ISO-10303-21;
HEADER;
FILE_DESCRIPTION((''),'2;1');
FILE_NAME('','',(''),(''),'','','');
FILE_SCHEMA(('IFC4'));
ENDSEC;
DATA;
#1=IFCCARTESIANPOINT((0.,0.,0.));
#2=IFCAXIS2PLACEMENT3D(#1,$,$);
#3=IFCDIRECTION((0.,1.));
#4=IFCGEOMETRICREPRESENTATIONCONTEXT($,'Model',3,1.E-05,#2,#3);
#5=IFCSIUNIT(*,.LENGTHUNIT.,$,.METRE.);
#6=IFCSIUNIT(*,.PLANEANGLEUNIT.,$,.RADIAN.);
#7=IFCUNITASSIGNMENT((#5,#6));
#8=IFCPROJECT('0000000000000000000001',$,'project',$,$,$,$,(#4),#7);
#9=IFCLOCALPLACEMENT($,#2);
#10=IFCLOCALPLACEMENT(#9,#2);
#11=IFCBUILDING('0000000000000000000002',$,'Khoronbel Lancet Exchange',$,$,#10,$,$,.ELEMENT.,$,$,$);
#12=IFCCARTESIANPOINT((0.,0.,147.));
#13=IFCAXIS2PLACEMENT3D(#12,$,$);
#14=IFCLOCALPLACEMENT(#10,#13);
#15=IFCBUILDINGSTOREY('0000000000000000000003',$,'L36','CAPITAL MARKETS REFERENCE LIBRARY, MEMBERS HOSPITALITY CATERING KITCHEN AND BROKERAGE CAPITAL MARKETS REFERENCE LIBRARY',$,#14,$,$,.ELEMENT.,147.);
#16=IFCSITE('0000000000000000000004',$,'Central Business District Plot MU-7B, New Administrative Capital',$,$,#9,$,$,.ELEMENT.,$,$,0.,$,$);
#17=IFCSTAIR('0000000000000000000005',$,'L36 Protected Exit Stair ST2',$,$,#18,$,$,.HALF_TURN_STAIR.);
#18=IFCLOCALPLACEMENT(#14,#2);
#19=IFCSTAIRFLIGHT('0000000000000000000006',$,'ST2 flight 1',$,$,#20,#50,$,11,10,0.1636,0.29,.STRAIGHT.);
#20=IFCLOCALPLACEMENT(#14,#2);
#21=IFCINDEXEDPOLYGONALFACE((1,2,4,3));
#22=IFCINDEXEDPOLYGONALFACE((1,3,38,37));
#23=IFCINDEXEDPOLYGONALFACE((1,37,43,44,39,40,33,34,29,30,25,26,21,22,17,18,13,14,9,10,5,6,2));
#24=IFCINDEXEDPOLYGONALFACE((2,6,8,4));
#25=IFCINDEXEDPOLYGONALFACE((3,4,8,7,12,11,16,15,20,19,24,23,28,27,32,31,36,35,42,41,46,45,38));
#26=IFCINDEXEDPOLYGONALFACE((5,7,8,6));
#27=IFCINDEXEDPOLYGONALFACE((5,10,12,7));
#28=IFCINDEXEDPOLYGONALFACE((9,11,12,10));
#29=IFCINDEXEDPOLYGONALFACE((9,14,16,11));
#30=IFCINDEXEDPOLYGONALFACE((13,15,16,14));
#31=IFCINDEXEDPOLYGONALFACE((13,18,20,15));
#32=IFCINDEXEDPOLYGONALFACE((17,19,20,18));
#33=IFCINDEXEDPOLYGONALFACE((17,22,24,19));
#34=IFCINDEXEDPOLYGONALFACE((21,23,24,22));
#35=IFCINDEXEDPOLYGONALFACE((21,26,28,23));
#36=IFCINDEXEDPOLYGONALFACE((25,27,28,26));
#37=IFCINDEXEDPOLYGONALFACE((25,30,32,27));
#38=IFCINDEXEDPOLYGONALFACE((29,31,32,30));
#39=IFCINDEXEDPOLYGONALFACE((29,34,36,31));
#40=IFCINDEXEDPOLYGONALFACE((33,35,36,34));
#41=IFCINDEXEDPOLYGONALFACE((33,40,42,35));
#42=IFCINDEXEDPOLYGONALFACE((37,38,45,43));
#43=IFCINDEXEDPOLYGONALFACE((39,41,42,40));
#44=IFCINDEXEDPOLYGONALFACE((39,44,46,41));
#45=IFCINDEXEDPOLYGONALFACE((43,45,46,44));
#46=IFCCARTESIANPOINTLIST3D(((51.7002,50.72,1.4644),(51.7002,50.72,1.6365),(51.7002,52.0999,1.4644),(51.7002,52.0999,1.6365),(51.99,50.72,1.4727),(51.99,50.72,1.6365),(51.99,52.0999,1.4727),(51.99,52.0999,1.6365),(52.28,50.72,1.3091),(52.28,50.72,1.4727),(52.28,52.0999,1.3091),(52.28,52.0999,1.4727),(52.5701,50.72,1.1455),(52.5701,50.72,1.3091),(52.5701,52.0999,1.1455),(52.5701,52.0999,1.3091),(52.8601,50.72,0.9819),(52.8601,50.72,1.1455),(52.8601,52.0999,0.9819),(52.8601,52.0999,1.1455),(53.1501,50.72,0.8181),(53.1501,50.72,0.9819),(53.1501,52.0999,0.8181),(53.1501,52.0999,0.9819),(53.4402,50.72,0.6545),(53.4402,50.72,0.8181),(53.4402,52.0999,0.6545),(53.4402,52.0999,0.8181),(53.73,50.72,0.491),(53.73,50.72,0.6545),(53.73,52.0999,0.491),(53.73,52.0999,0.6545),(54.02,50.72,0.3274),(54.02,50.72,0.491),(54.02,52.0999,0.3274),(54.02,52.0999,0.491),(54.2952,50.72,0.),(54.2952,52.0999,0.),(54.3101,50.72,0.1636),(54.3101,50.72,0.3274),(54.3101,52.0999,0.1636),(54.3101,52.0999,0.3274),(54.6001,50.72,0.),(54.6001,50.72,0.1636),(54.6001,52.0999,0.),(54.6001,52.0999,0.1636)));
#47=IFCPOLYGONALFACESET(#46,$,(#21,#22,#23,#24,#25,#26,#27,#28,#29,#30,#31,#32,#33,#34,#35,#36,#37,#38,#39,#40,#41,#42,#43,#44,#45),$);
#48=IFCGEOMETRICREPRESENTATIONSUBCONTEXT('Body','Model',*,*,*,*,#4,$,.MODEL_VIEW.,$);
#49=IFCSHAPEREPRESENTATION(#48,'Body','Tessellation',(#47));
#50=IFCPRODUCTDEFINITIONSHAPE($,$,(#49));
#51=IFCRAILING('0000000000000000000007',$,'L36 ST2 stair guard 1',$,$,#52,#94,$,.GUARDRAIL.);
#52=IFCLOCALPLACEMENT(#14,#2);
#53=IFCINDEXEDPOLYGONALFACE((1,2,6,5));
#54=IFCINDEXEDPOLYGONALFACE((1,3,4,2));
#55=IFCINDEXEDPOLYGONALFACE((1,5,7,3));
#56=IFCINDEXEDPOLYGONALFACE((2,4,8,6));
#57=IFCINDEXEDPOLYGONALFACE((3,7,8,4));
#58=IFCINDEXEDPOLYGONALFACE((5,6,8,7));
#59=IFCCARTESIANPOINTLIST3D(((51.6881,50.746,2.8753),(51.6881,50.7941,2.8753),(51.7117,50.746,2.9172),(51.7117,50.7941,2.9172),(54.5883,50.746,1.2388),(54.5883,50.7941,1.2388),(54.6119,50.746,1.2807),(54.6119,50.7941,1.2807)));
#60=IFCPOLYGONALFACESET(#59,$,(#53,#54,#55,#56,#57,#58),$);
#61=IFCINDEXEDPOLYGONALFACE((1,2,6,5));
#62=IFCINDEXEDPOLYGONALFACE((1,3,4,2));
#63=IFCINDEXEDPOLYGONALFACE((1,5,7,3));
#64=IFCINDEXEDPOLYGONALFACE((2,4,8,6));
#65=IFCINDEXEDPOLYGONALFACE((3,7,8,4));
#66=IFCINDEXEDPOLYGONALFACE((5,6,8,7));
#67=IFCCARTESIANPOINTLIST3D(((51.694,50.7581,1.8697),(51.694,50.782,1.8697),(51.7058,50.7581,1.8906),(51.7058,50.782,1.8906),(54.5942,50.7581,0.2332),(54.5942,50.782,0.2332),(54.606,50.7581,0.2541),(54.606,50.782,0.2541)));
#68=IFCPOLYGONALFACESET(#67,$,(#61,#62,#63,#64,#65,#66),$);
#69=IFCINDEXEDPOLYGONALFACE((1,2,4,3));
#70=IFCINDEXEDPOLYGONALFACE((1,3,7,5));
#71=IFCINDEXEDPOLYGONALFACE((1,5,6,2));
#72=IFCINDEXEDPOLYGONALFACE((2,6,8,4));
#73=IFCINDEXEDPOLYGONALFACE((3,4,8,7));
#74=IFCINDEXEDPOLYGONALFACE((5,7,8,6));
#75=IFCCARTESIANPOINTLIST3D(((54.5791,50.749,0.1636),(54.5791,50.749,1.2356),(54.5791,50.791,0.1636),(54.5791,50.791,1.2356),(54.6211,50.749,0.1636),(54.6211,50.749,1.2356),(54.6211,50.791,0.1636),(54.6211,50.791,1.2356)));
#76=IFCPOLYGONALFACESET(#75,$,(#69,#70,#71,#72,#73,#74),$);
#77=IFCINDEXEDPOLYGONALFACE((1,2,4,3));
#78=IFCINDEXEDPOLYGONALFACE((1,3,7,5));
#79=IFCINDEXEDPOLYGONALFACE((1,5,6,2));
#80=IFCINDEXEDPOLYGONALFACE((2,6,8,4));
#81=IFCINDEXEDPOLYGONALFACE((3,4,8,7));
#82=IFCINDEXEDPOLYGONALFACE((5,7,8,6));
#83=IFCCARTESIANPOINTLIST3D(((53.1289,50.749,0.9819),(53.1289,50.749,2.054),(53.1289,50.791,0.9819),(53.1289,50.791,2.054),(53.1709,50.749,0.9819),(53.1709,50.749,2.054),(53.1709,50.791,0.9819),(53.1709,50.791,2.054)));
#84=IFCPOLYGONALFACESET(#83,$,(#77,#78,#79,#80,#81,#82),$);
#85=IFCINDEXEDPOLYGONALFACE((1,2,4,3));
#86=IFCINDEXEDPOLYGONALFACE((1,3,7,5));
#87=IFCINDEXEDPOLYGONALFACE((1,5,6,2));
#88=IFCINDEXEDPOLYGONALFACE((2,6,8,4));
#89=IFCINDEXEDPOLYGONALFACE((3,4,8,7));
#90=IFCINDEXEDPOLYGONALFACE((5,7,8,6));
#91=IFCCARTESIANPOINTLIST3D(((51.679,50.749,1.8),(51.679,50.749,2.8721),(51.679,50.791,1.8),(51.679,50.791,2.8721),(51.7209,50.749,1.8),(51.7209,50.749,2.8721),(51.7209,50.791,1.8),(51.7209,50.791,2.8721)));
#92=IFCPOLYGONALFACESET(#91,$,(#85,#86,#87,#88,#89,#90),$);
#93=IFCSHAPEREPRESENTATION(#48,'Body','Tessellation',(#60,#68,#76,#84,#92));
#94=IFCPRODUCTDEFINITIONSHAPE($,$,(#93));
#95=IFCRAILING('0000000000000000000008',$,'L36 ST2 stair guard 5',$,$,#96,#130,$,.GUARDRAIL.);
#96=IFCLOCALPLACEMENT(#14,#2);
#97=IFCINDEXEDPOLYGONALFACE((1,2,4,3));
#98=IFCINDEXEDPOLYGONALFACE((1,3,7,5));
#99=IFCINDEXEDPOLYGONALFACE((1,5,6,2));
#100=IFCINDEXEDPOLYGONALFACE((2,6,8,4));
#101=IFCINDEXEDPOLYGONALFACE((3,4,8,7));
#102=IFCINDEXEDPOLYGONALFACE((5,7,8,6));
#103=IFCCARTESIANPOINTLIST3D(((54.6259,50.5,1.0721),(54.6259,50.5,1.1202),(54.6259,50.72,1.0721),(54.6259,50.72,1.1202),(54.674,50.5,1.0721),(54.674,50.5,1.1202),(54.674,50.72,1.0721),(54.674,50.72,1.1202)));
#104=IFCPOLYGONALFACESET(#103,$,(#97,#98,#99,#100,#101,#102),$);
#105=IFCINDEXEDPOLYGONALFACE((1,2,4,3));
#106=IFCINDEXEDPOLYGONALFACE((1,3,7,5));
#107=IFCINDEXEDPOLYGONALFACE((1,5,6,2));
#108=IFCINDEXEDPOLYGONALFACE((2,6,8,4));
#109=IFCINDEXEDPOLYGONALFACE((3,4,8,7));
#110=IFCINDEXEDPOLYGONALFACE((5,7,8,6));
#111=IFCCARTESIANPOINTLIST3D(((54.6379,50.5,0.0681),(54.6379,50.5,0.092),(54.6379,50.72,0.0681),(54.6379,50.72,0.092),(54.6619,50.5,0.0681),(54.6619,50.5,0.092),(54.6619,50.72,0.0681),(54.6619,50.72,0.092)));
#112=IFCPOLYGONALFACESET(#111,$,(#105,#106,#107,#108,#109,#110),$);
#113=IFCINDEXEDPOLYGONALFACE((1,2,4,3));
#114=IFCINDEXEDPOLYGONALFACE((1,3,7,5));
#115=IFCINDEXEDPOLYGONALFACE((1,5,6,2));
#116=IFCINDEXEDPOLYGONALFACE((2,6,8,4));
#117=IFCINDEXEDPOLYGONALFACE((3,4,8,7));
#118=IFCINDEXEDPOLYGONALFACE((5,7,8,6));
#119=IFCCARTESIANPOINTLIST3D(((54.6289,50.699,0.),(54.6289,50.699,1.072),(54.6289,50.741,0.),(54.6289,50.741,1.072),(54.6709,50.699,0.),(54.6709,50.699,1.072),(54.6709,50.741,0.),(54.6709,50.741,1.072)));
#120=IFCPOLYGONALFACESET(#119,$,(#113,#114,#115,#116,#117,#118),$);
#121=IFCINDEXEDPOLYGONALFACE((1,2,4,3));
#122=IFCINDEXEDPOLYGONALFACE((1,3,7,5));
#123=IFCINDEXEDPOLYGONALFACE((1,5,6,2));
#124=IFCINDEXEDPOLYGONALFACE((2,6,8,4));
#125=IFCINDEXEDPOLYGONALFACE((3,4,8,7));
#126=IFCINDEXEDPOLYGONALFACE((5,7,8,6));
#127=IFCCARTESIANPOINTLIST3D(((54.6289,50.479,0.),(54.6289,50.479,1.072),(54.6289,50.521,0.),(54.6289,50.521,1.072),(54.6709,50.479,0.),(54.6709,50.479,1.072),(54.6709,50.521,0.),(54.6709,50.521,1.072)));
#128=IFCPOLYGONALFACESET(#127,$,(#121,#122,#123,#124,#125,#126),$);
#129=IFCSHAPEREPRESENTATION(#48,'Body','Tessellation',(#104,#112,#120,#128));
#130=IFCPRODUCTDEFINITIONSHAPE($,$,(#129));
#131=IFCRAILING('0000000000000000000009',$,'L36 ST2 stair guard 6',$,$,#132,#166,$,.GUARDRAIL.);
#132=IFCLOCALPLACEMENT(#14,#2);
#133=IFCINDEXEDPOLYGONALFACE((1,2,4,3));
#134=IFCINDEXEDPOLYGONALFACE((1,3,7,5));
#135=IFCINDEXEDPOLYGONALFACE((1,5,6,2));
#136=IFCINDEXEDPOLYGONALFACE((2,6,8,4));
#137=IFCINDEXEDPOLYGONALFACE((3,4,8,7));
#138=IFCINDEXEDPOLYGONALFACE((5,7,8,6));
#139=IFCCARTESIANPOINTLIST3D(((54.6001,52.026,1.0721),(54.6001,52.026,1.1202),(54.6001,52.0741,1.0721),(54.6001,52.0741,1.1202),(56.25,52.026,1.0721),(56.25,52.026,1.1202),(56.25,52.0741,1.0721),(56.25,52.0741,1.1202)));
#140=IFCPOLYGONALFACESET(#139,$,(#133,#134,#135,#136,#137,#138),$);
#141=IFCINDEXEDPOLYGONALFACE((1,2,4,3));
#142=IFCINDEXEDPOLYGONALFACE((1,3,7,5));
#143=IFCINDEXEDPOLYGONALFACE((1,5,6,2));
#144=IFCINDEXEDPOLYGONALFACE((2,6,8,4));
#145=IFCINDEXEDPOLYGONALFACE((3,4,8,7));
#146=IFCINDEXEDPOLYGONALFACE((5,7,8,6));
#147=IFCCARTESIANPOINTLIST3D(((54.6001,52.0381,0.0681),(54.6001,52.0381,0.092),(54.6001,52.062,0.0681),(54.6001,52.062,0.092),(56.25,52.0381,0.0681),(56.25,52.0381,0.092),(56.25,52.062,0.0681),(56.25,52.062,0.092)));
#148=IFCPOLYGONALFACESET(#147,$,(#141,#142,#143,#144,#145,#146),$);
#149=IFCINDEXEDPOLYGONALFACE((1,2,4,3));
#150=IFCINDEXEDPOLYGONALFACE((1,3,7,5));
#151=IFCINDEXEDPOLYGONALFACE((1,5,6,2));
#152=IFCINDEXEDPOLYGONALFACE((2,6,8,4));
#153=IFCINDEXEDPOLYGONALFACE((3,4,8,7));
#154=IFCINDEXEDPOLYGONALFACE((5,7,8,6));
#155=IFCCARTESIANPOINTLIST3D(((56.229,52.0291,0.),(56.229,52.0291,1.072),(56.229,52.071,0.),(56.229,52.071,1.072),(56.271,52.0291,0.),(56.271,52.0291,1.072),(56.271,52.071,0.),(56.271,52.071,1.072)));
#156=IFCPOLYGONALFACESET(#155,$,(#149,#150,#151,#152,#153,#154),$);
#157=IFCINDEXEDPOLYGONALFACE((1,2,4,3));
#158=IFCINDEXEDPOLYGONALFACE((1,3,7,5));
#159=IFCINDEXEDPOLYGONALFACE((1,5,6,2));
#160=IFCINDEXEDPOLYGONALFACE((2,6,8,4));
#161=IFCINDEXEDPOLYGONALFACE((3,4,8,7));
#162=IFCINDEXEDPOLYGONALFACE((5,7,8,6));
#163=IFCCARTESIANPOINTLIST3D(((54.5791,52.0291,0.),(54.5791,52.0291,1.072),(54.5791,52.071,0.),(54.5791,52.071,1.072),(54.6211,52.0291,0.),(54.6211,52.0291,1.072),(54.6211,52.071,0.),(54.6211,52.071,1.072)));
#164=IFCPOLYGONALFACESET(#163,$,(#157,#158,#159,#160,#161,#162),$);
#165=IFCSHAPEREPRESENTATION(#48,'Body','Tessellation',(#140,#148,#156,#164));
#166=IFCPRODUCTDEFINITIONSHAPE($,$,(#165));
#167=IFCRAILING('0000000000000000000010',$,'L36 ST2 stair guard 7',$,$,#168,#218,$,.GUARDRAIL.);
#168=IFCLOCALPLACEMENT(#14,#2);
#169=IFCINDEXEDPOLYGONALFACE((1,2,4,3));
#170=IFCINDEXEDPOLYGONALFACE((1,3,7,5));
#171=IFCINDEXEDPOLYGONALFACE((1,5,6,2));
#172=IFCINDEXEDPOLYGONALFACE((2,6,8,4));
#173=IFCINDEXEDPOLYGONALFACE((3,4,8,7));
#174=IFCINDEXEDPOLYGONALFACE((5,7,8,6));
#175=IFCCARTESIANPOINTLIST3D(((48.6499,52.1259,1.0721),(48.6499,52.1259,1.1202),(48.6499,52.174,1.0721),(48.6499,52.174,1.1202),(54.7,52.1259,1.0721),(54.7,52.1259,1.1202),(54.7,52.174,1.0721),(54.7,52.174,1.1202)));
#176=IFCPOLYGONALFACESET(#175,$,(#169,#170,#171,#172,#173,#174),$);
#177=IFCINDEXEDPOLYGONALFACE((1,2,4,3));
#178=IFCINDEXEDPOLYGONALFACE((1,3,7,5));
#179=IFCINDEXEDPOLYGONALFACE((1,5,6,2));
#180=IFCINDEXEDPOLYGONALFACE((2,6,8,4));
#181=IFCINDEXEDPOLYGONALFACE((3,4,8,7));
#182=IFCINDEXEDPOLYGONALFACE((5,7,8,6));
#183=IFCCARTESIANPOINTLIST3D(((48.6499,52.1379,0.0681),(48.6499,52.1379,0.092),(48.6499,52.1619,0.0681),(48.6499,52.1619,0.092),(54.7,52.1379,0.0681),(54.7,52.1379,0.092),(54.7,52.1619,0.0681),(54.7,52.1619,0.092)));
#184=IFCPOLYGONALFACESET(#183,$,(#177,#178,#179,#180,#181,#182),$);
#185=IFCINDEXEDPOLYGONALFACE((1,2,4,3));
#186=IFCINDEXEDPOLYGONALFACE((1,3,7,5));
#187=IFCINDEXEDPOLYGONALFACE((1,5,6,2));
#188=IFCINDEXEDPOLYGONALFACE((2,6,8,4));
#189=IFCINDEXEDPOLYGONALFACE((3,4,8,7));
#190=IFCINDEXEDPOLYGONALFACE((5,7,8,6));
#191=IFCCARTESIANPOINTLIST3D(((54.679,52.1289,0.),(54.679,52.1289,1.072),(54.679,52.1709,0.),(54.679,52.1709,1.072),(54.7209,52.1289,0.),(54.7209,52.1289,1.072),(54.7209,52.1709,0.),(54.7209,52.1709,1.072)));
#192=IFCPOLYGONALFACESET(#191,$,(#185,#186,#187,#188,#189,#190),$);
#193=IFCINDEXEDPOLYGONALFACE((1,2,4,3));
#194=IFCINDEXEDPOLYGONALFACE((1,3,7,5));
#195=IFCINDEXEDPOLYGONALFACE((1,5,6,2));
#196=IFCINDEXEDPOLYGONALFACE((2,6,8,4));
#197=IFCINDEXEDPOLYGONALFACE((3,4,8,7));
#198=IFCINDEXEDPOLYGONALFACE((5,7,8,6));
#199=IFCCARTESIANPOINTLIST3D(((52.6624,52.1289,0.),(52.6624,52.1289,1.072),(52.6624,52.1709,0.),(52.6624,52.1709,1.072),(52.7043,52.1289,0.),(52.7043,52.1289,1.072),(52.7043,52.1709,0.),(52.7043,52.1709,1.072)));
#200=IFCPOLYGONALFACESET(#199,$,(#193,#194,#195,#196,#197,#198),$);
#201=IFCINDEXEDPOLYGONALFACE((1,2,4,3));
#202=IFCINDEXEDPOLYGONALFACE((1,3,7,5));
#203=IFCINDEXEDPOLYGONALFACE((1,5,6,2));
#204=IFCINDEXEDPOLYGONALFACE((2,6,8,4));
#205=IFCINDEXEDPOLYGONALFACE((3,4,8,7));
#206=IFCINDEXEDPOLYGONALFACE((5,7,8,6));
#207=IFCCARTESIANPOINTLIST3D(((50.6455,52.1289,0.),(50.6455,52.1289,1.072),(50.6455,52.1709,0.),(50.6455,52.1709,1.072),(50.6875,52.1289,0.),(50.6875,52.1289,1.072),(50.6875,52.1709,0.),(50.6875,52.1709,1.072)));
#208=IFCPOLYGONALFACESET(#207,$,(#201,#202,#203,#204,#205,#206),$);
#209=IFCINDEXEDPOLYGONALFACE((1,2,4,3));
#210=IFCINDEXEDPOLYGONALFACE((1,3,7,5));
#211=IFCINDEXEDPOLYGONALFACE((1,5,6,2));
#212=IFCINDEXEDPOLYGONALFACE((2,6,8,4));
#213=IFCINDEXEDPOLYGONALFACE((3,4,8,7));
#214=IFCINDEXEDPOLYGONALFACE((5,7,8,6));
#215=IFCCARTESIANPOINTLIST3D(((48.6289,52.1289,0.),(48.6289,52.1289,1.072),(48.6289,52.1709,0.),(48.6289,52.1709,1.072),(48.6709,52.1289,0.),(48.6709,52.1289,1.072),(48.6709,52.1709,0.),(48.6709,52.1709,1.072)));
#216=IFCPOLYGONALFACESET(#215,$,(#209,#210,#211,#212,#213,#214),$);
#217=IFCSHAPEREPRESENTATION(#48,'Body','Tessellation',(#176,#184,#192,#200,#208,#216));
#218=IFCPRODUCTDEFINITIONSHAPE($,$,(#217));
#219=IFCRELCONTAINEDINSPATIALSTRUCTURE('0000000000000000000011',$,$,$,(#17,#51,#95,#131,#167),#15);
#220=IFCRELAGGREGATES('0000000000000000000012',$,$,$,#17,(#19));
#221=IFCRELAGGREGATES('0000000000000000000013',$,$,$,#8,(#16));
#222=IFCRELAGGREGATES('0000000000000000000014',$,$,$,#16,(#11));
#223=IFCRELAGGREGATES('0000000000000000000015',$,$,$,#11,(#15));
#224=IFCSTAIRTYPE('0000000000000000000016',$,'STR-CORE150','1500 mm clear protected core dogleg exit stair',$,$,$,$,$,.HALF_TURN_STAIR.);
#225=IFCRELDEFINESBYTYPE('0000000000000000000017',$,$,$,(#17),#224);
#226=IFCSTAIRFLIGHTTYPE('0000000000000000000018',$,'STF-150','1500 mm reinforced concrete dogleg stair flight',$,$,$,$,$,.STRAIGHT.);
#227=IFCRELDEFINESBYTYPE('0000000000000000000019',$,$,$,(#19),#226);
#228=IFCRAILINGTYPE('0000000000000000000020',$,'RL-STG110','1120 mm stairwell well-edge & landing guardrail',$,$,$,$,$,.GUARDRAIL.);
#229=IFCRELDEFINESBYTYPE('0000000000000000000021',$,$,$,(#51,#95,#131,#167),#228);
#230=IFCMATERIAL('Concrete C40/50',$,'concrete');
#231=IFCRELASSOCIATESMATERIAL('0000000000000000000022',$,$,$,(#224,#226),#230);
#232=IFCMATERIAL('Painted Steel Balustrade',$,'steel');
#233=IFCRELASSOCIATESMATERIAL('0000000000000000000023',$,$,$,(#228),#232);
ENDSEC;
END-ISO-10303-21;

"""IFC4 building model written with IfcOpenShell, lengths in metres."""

from ifc_helpers import new_model, si_unit, direction, frame, origin, origin_2d, place, context, subcontext, project, spatial, polyline, rectangle, outline, extrude, material, type_object, element, aggregate, save


model = new_model("IFC4")

# Units and contexts
model_context = context("Model", 3, precision=1e-05, world=origin(), true_north=direction((0.0, 1.0)))
body_context = subcontext(model_context, "Body", "Model", "MODEL_VIEW")
ifc_project = project(units=[si_unit("LENGTHUNIT", "METRE"), si_unit("PLANEANGLEUNIT", "RADIAN")], contexts=[model_context])

# Site, building, storey
site_placement = place(None, origin())
site = spatial("IfcSite", under=ifc_project, at=site_placement, Name="Central Business District Plot MU-7B, New Administrative Capital", CompositionType="ELEMENT", RefElevation=0.0)
building_placement = place(site_placement, origin())
building = spatial("IfcBuilding", under=site, at=building_placement, Name="Khoronbel Lancet Exchange", CompositionType="ELEMENT")
storey_placement = place(building_placement, frame((0.0, 0.0, 147.0)))
storey = spatial("IfcBuildingStorey", under=building, at=storey_placement, Name="L36", Description="CAPITAL MARKETS REFERENCE LIBRARY, MEMBERS HOSPITALITY CATERING KITCHEN AND BROKERAGE CAPITAL MARKETS REFERENCE LIBRARY", CompositionType="ELEMENT", Elevation=147.0)

# Stair, stair flight
ifc_material_1 = material(Name="Concrete C40/50", Category="concrete")
stair_type = type_object("IfcStairType", Name="STR-CORE150", Description="1500 mm clear protected core dogleg exit stair", PredefinedType="HALF_TURN_STAIR", material=ifc_material_1)
stair_placement = place(storey_placement, origin())
stair = element("IfcStair", 1, at=stair_placement, inside=storey, type_object=stair_type, Name="L36 Protected Exit Stair ST2", PredefinedType="HALF_TURN_STAIR")
stair_flight_type = type_object("IfcStairFlightType", Name="STF-150", Description="1500 mm reinforced concrete dogleg stair flight", PredefinedType="STRAIGHT", material=ifc_material_1)
stair_flight_placement = place(storey_placement, frame((54.6001, 51.4099, 0.0), z_axis=(0.0, 0.0, 1.0), x_axis=(-1.0, 0.0, 0.0)))
stair_flight = element("IfcStairFlight", 2, at=stair_flight_placement, type_object=stair_flight_type, Name="ST2 flight 1", NumberOfRisers=11, NumberOfTreads=10, PredefinedType="STRAIGHT", RiserHeight=0.1636, TreadLength=0.29, context=body_context, shape_type="SweptSolid", body=[
    extrude(outline(polyline([(0.0, 0.0), (0.0, 0.1636), (0.29, 0.1636), (0.29, 0.3274), (0.5801, 0.3274), (0.5801, 0.491), (0.8701, 0.491), (0.8701, 0.6545), (1.1599, 0.6545), (1.1599, 0.8181), (1.45, 0.8181), (1.45, 0.9819), (1.74, 0.9819), (1.74, 1.1455), (2.03, 1.1455), (2.03, 1.3091), (2.3201, 1.3091), (2.3201, 1.4727), (2.6101, 1.4727), (2.6101, 1.6365), (2.8999, 1.6365), (2.8999, 1.8), (2.8999, 1.4644), (0.3049, 0.0), (0.0, 0.0)])), frame((0.0, 0.6899, 0.0), z_axis=(0.0, -1.0, 0.0), x_axis=(1.0, 0.0, 0.0)), (0.0, 0.0, 1.0), 1.3799),
])
aggregate(stair, [stair_flight])

# Railings
ifc_material_2 = material(Name="Painted Steel Balustrade", Category="steel")
railing_type_1 = type_object("IfcRailingType", Name="RL-STG110", Description="1120 mm stairwell well-edge & landing guardrail", PredefinedType="GUARDRAIL", material=ifc_material_2)
railing_1_placement = place(storey_placement, frame((54.6001, 50.77, 0.1636)))
element("IfcRailing", 3, at=railing_1_placement, inside=storey, type_object=railing_type_1, Name="L36 ST2 stair guard 1", PredefinedType="GUARDRAIL", context=body_context, shape_type="SweptSolid", body=[
    extrude(rectangle(XDim=0.0481, YDim=0.0481, at=origin_2d()), frame((0.0, 0.0, 1.0962), z_axis=(-0.870915, 0.0, 0.491434), x_axis=(0.0, -1.0, 0.0)), (0.0, 0.0, 1.0), 3.3301),
    extrude(rectangle(XDim=0.0239, YDim=0.0239, at=origin_2d()), frame((0.0, 0.0, 0.0801), z_axis=(-0.870915, 0.0, 0.491434), x_axis=(0.0, -1.0, 0.0)), (0.0, 0.0, 1.0), 3.3301),
    extrude(rectangle(XDim=0.042, YDim=0.042, at=origin_2d()), origin(), (0.0, 0.0, 1.0), 1.072),
    extrude(rectangle(XDim=0.042, YDim=0.042, at=origin_2d()), frame((-1.4502, 0.0, 0.8184)), (0.0, 0.0, 1.0), 1.072),
    extrude(rectangle(XDim=0.042, YDim=0.042, at=origin_2d()), frame((-2.9001, 0.0, 1.6365)), (0.0, 0.0, 1.0), 1.072),
])
railing_2_placement = place(storey_placement, frame((54.6499, 50.72, 0.0)))
element("IfcRailing", 4, at=railing_2_placement, inside=storey, type_object=railing_type_1, Name="L36 ST2 stair guard 5", PredefinedType="GUARDRAIL", context=body_context, shape_type="SweptSolid", body=[
    extrude(rectangle(XDim=0.0481, YDim=0.0481, at=origin_2d()), frame((0.0, 0.0, 1.0962), z_axis=(0.0, -1.0, 0.0), x_axis=(1.0, 0.0, 0.0)), (0.0, 0.0, 1.0), 0.22),
    extrude(rectangle(XDim=0.0239, YDim=0.0239, at=origin_2d()), frame((0.0, 0.0, 0.0801), z_axis=(0.0, -1.0, 0.0), x_axis=(1.0, 0.0, 0.0)), (0.0, 0.0, 1.0), 0.22),
    extrude(rectangle(XDim=0.042, YDim=0.042, at=origin_2d()), origin(), (0.0, 0.0, 1.0), 1.072),
    extrude(rectangle(XDim=0.042, YDim=0.042, at=origin_2d()), frame((0.0, -0.22, 0.0)), (0.0, 0.0, 1.0), 1.072),
])
railing_3_placement = place(storey_placement, frame((56.25, 52.05, 0.0)))
element("IfcRailing", 5, at=railing_3_placement, inside=storey, type_object=railing_type_1, Name="L36 ST2 stair guard 6", PredefinedType="GUARDRAIL", context=body_context, shape_type="SweptSolid", body=[
    extrude(rectangle(XDim=0.0481, YDim=0.0481, at=origin_2d()), frame((0.0, 0.0, 1.0962), z_axis=(-1.0, 0.0, 0.0), x_axis=(0.0, -1.0, 0.0)), (0.0, 0.0, 1.0), 1.6499),
    extrude(rectangle(XDim=0.0239, YDim=0.0239, at=origin_2d()), frame((0.0, 0.0, 0.0801), z_axis=(-1.0, 0.0, 0.0), x_axis=(0.0, -1.0, 0.0)), (0.0, 0.0, 1.0), 1.6499),
    extrude(rectangle(XDim=0.042, YDim=0.042, at=origin_2d()), origin(), (0.0, 0.0, 1.0), 1.072),
    extrude(rectangle(XDim=0.042, YDim=0.042, at=origin_2d()), frame((-1.6499, 0.0, 0.0)), (0.0, 0.0, 1.0), 1.072),
])
railing_4_placement = place(storey_placement, frame((54.7, 52.1499, 0.0)))
element("IfcRailing", 6, at=railing_4_placement, inside=storey, type_object=railing_type_1, Name="L36 ST2 stair guard 7", PredefinedType="GUARDRAIL", context=body_context, shape_type="SweptSolid", body=[
    extrude(rectangle(XDim=0.0481, YDim=0.0481, at=origin_2d()), frame((0.0, 0.0, 1.0962), z_axis=(-1.0, 0.0, 0.0), x_axis=(0.0, -1.0, 0.0)), (0.0, 0.0, 1.0), 6.05),
    extrude(rectangle(XDim=0.0239, YDim=0.0239, at=origin_2d()), frame((0.0, 0.0, 0.0801), z_axis=(-1.0, 0.0, 0.0), x_axis=(0.0, -1.0, 0.0)), (0.0, 0.0, 1.0), 6.05),
    extrude(rectangle(XDim=0.042, YDim=0.042, at=origin_2d()), origin(), (0.0, 0.0, 1.0), 1.072),
    extrude(rectangle(XDim=0.042, YDim=0.042, at=origin_2d()), frame((-2.0166, 0.0, 0.0)), (0.0, 0.0, 1.0), 1.072),
    extrude(rectangle(XDim=0.042, YDim=0.042, at=origin_2d()), frame((-4.0334, 0.0, 0.0)), (0.0, 0.0, 1.0), 1.072),
    extrude(rectangle(XDim=0.042, YDim=0.042, at=origin_2d()), frame((-6.05, 0.0, 0.0)), (0.0, 0.0, 1.0), 1.072),
])

save(model, "model.ifc")
